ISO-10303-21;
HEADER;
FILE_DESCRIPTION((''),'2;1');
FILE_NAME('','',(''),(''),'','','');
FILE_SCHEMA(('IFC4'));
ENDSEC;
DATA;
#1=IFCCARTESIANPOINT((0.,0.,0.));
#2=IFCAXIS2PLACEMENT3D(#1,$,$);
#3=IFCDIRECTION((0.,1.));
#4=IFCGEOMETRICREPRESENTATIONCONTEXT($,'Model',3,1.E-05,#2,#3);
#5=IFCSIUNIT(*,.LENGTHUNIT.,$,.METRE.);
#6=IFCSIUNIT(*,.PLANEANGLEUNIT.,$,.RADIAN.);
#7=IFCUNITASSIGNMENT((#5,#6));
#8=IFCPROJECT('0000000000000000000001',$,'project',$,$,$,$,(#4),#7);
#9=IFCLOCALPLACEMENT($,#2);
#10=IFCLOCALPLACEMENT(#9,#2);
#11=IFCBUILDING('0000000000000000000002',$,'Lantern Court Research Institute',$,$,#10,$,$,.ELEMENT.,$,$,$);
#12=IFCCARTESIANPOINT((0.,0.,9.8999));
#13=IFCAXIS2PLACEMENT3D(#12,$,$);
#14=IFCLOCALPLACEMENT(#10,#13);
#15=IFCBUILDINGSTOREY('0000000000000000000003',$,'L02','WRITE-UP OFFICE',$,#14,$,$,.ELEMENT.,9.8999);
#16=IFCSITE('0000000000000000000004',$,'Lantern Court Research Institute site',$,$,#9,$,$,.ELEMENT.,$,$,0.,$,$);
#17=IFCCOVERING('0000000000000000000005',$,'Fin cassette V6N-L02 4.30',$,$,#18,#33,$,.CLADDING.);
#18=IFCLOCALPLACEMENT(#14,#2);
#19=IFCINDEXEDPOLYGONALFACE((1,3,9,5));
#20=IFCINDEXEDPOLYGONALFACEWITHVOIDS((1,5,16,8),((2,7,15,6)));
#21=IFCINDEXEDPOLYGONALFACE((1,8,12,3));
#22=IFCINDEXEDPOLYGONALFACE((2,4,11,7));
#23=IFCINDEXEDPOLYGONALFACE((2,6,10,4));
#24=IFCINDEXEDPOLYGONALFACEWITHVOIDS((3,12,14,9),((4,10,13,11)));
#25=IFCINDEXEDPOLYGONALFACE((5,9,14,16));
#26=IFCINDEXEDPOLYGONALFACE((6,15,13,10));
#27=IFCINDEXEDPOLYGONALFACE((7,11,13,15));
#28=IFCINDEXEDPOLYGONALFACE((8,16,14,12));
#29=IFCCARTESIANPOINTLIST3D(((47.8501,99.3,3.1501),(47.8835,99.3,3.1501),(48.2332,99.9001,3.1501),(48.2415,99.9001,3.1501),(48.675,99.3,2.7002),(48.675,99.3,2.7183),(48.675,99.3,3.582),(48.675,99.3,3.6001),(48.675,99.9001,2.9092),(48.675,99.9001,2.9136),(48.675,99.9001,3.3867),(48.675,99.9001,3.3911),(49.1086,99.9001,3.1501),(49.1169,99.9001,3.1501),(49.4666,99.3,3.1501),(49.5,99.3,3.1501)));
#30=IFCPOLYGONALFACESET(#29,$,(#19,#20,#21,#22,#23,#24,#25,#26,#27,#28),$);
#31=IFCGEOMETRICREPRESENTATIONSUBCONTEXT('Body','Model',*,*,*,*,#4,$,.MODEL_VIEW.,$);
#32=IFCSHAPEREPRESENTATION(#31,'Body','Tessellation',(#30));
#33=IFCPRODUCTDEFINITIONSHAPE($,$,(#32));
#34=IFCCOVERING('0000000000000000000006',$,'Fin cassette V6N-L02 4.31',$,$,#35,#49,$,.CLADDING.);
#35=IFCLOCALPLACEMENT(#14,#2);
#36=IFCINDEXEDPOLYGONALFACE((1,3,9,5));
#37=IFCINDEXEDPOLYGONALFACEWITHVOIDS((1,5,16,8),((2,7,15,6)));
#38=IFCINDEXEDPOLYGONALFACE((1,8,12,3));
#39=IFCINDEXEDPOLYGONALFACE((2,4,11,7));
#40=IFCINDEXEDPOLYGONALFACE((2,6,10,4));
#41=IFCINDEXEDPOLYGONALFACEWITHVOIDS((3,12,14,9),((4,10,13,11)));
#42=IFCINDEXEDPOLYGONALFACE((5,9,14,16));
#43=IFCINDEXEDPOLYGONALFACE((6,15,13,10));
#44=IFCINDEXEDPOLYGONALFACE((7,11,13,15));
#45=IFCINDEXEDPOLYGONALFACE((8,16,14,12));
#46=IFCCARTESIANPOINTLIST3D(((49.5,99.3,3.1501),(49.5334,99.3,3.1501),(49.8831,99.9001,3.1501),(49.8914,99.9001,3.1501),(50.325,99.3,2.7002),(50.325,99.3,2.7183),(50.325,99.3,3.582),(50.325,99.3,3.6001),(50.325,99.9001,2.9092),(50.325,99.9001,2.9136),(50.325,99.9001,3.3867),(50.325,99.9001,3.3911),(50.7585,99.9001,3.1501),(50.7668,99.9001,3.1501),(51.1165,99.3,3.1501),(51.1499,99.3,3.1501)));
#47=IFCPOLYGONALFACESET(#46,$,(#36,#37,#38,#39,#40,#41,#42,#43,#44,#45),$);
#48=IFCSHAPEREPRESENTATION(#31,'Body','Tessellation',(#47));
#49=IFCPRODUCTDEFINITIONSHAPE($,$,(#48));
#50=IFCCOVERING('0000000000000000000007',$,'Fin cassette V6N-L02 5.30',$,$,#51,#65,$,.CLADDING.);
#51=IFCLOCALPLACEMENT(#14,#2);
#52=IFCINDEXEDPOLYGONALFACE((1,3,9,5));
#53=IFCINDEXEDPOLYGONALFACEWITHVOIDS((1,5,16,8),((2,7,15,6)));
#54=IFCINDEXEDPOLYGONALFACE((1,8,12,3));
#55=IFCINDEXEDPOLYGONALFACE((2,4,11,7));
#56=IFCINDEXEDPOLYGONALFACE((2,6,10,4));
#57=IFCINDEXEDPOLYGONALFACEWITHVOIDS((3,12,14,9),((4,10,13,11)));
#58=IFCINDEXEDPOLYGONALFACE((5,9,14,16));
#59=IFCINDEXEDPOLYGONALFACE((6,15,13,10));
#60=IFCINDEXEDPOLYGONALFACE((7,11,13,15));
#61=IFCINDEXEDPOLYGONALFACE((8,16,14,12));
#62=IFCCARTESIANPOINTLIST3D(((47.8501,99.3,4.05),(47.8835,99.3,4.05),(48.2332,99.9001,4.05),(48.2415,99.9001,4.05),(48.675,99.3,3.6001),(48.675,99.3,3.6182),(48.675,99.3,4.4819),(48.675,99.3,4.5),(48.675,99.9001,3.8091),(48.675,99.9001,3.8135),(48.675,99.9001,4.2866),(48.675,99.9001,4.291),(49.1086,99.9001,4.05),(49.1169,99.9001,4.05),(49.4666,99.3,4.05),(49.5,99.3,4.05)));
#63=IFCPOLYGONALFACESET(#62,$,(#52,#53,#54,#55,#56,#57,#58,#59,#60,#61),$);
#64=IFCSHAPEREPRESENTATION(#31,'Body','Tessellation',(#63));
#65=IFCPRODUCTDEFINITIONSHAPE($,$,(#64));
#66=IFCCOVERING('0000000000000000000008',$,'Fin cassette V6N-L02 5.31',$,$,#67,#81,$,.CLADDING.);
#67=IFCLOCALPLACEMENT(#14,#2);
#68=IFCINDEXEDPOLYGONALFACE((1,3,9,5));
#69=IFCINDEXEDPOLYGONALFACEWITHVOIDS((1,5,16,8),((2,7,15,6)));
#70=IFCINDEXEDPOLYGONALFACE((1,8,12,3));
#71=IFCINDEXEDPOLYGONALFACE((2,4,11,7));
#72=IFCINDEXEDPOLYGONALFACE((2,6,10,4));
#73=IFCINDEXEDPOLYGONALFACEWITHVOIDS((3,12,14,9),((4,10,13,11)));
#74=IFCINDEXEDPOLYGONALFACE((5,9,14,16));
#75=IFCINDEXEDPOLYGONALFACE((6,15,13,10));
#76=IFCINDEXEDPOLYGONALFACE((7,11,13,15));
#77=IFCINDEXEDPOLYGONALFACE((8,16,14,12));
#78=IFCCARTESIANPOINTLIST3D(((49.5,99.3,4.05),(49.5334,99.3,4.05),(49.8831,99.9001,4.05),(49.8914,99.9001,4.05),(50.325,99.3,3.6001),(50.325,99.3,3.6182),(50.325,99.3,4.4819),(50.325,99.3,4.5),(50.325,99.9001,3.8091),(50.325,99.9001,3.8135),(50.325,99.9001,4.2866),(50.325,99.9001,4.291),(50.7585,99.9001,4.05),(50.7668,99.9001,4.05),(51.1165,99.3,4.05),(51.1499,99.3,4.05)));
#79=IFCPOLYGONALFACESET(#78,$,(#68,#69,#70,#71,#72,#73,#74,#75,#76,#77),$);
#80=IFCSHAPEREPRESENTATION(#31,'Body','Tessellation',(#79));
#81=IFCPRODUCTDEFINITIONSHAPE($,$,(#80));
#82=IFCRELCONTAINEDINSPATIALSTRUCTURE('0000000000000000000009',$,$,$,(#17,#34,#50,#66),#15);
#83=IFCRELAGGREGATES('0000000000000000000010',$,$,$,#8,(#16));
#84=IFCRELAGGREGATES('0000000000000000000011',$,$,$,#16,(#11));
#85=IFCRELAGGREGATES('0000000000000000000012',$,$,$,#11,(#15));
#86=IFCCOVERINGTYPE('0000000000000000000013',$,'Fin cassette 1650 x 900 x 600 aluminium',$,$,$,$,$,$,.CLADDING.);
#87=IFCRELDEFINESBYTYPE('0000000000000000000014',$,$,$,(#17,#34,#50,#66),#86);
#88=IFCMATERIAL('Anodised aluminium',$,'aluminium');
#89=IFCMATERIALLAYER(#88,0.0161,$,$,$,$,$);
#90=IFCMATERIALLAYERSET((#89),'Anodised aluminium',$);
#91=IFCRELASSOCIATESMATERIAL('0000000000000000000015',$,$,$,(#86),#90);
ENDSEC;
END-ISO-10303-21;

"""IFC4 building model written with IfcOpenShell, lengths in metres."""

from ifc_helpers import new_model, entity, si_unit, direction, frame, origin, place, context, subcontext, project, spatial, material, layer, layer_set, type_object, element, save


model = new_model("IFC4")

# Units and contexts
model_context = context("Model", 3, precision=1e-05, world=origin(), true_north=direction((0.0, 1.0)))
body_context = subcontext(model_context, "Body", "Model", "MODEL_VIEW")
ifc_project = project(units=[si_unit("LENGTHUNIT", "METRE"), si_unit("PLANEANGLEUNIT", "RADIAN")], contexts=[model_context])

# Site, building, storey
site_placement = place(None, origin())
site = spatial("IfcSite", under=ifc_project, at=site_placement, Name="Lantern Court Research Institute site", CompositionType="ELEMENT", RefElevation=0.0)
building_placement = place(site_placement, origin())
building = spatial("IfcBuilding", under=site, at=building_placement, Name="Lantern Court Research Institute", CompositionType="ELEMENT")
storey_placement = place(building_placement, frame((0.0, 0.0, 9.8999)))
storey = spatial("IfcBuildingStorey", under=building, at=storey_placement, Name="L02", Description="WRITE-UP OFFICE", CompositionType="ELEMENT", Elevation=9.8999)

# Coverings
ifc_material_1 = material(Name="Anodised aluminium", Category="aluminium")
ifc_layer_1 = layer(ifc_material_1, 0.0161)
ifc_layer_set_1 = layer_set([ifc_layer_1], Name="Anodised aluminium")
covering_type_1 = type_object("IfcCoveringType", Name="Fin cassette 1650 x 900 x 600 aluminium", PredefinedType="CLADDING", material=ifc_layer_set_1)
covering_1_placement = place(storey_placement, frame((48.675, 99.3, 3.1501), z_axis=(0.0, 1.0, 0.0), x_axis=(-1.0, 0.0, 0.0)))
cartesian_point_1 = entity("IfcCartesianPoint", [0.825, 0.0])
cartesian_point_2 = entity("IfcCartesianPoint", [0.7915, 0.0])
cartesian_point_3 = entity("IfcCartesianPoint", [0.4419, 0.0])
cartesian_point_4 = entity("IfcCartesianPoint", [0.4336, 0.0])
element("IfcCovering", 1, at=covering_1_placement, inside=storey, type_object=covering_type_1, Name="Fin cassette V6N-L02 4.30", PredefinedType="CLADDING", context=body_context, shape_type="SweptSolid", body=[
    entity("IfcExtrudedAreaSolidTapered", entity("IfcArbitraryProfileDefWithVoids", "AREA", None, entity("IfcPolyline", [cartesian_point_1, entity("IfcCartesianPoint", [0.0, 0.45]), entity("IfcCartesianPoint", [-0.825, 0.0]), entity("IfcCartesianPoint", [0.0, -0.45]), cartesian_point_1]), [entity("IfcPolyline", [cartesian_point_2, entity("IfcCartesianPoint", [0.0, 0.4319]), entity("IfcCartesianPoint", [-0.7915, 0.0]), entity("IfcCartesianPoint", [0.0, -0.4319]), cartesian_point_2])]), entity("IfcAxis2Placement3D", entity("IfcCartesianPoint", [0.0, 0.0, 0.0])), entity("IfcDirection", [0.0, 0.0, 1.0]), 0.6001, entity("IfcArbitraryProfileDefWithVoids", "AREA", None, entity("IfcPolyline", [cartesian_point_3, entity("IfcCartesianPoint", [0.0, 0.241]), entity("IfcCartesianPoint", [-0.4419, 0.0]), entity("IfcCartesianPoint", [0.0, -0.241]), cartesian_point_3]), [entity("IfcPolyline", [cartesian_point_4, entity("IfcCartesianPoint", [0.0, 0.2366]), entity("IfcCartesianPoint", [-0.4336, 0.0]), entity("IfcCartesianPoint", [0.0, -0.2366]), cartesian_point_4])])),
])
covering_2_placement = place(storey_placement, frame((50.325, 99.3, 3.1501), z_axis=(0.0, 1.0, 0.0), x_axis=(-1.0, 0.0, 0.0)))
cartesian_point_5 = entity("IfcCartesianPoint", [0.825, 0.0])
cartesian_point_6 = entity("IfcCartesianPoint", [0.7915, 0.0])
cartesian_point_7 = entity("IfcCartesianPoint", [0.4419, 0.0])
cartesian_point_8 = entity("IfcCartesianPoint", [0.4336, 0.0])
element("IfcCovering", 2, at=covering_2_placement, inside=storey, type_object=covering_type_1, Name="Fin cassette V6N-L02 4.31", PredefinedType="CLADDING", context=body_context, shape_type="SweptSolid", body=[
    entity("IfcExtrudedAreaSolidTapered", entity("IfcArbitraryProfileDefWithVoids", "AREA", None, entity("IfcPolyline", [cartesian_point_5, entity("IfcCartesianPoint", [0.0, 0.45]), entity("IfcCartesianPoint", [-0.825, 0.0]), entity("IfcCartesianPoint", [0.0, -0.45]), cartesian_point_5]), [entity("IfcPolyline", [cartesian_point_6, entity("IfcCartesianPoint", [0.0, 0.4319]), entity("IfcCartesianPoint", [-0.7915, 0.0]), entity("IfcCartesianPoint", [0.0, -0.4319]), cartesian_point_6])]), entity("IfcAxis2Placement3D", entity("IfcCartesianPoint", [0.0, 0.0, 0.0])), entity("IfcDirection", [0.0, 0.0, 1.0]), 0.6001, entity("IfcArbitraryProfileDefWithVoids", "AREA", None, entity("IfcPolyline", [cartesian_point_7, entity("IfcCartesianPoint", [0.0, 0.241]), entity("IfcCartesianPoint", [-0.4419, 0.0]), entity("IfcCartesianPoint", [0.0, -0.241]), cartesian_point_7]), [entity("IfcPolyline", [cartesian_point_8, entity("IfcCartesianPoint", [0.0, 0.2366]), entity("IfcCartesianPoint", [-0.4336, 0.0]), entity("IfcCartesianPoint", [0.0, -0.2366]), cartesian_point_8])])),
])
covering_3_placement = place(storey_placement, frame((48.675, 99.3, 4.05), z_axis=(0.0, 1.0, 0.0), x_axis=(-1.0, 0.0, 0.0)))
cartesian_point_9 = entity("IfcCartesianPoint", [0.825, 0.0])
cartesian_point_10 = entity("IfcCartesianPoint", [0.7915, 0.0])
cartesian_point_11 = entity("IfcCartesianPoint", [0.4419, 0.0])
cartesian_point_12 = entity("IfcCartesianPoint", [0.4336, 0.0])
element("IfcCovering", 3, at=covering_3_placement, inside=storey, type_object=covering_type_1, Name="Fin cassette V6N-L02 5.30", PredefinedType="CLADDING", context=body_context, shape_type="SweptSolid", body=[
    entity("IfcExtrudedAreaSolidTapered", entity("IfcArbitraryProfileDefWithVoids", "AREA", None, entity("IfcPolyline", [cartesian_point_9, entity("IfcCartesianPoint", [0.0, 0.45]), entity("IfcCartesianPoint", [-0.825, 0.0]), entity("IfcCartesianPoint", [0.0, -0.45]), cartesian_point_9]), [entity("IfcPolyline", [cartesian_point_10, entity("IfcCartesianPoint", [0.0, 0.4319]), entity("IfcCartesianPoint", [-0.7915, 0.0]), entity("IfcCartesianPoint", [0.0, -0.4319]), cartesian_point_10])]), entity("IfcAxis2Placement3D", entity("IfcCartesianPoint", [0.0, 0.0, 0.0])), entity("IfcDirection", [0.0, 0.0, 1.0]), 0.6001, entity("IfcArbitraryProfileDefWithVoids", "AREA", None, entity("IfcPolyline", [cartesian_point_11, entity("IfcCartesianPoint", [0.0, 0.241]), entity("IfcCartesianPoint", [-0.4419, 0.0]), entity("IfcCartesianPoint", [0.0, -0.241]), cartesian_point_11]), [entity("IfcPolyline", [cartesian_point_12, entity("IfcCartesianPoint", [0.0, 0.2366]), entity("IfcCartesianPoint", [-0.4336, 0.0]), entity("IfcCartesianPoint", [0.0, -0.2366]), cartesian_point_12])])),
])
covering_4_placement = place(storey_placement, frame((50.325, 99.3, 4.05), z_axis=(0.0, 1.0, 0.0), x_axis=(-1.0, 0.0, 0.0)))
cartesian_point_13 = entity("IfcCartesianPoint", [0.825, 0.0])
cartesian_point_14 = entity("IfcCartesianPoint", [0.7915, 0.0])
cartesian_point_15 = entity("IfcCartesianPoint", [0.4419, 0.0])
cartesian_point_16 = entity("IfcCartesianPoint", [0.4336, 0.0])
element("IfcCovering", 4, at=covering_4_placement, inside=storey, type_object=covering_type_1, Name="Fin cassette V6N-L02 5.31", PredefinedType="CLADDING", context=body_context, shape_type="SweptSolid", body=[
    entity("IfcExtrudedAreaSolidTapered", entity("IfcArbitraryProfileDefWithVoids", "AREA", None, entity("IfcPolyline", [cartesian_point_13, entity("IfcCartesianPoint", [0.0, 0.45]), entity("IfcCartesianPoint", [-0.825, 0.0]), entity("IfcCartesianPoint", [0.0, -0.45]), cartesian_point_13]), [entity("IfcPolyline", [cartesian_point_14, entity("IfcCartesianPoint", [0.0, 0.4319]), entity("IfcCartesianPoint", [-0.7915, 0.0]), entity("IfcCartesianPoint", [0.0, -0.4319]), cartesian_point_14])]), entity("IfcAxis2Placement3D", entity("IfcCartesianPoint", [0.0, 0.0, 0.0])), entity("IfcDirection", [0.0, 0.0, 1.0]), 0.6001, entity("IfcArbitraryProfileDefWithVoids", "AREA", None, entity("IfcPolyline", [cartesian_point_15, entity("IfcCartesianPoint", [0.0, 0.241]), entity("IfcCartesianPoint", [-0.4419, 0.0]), entity("IfcCartesianPoint", [0.0, -0.241]), cartesian_point_15]), [entity("IfcPolyline", [cartesian_point_16, entity("IfcCartesianPoint", [0.0, 0.2366]), entity("IfcCartesianPoint", [-0.4336, 0.0]), entity("IfcCartesianPoint", [0.0, -0.2366]), cartesian_point_16])])),
])

save(model, "model.ifc")
